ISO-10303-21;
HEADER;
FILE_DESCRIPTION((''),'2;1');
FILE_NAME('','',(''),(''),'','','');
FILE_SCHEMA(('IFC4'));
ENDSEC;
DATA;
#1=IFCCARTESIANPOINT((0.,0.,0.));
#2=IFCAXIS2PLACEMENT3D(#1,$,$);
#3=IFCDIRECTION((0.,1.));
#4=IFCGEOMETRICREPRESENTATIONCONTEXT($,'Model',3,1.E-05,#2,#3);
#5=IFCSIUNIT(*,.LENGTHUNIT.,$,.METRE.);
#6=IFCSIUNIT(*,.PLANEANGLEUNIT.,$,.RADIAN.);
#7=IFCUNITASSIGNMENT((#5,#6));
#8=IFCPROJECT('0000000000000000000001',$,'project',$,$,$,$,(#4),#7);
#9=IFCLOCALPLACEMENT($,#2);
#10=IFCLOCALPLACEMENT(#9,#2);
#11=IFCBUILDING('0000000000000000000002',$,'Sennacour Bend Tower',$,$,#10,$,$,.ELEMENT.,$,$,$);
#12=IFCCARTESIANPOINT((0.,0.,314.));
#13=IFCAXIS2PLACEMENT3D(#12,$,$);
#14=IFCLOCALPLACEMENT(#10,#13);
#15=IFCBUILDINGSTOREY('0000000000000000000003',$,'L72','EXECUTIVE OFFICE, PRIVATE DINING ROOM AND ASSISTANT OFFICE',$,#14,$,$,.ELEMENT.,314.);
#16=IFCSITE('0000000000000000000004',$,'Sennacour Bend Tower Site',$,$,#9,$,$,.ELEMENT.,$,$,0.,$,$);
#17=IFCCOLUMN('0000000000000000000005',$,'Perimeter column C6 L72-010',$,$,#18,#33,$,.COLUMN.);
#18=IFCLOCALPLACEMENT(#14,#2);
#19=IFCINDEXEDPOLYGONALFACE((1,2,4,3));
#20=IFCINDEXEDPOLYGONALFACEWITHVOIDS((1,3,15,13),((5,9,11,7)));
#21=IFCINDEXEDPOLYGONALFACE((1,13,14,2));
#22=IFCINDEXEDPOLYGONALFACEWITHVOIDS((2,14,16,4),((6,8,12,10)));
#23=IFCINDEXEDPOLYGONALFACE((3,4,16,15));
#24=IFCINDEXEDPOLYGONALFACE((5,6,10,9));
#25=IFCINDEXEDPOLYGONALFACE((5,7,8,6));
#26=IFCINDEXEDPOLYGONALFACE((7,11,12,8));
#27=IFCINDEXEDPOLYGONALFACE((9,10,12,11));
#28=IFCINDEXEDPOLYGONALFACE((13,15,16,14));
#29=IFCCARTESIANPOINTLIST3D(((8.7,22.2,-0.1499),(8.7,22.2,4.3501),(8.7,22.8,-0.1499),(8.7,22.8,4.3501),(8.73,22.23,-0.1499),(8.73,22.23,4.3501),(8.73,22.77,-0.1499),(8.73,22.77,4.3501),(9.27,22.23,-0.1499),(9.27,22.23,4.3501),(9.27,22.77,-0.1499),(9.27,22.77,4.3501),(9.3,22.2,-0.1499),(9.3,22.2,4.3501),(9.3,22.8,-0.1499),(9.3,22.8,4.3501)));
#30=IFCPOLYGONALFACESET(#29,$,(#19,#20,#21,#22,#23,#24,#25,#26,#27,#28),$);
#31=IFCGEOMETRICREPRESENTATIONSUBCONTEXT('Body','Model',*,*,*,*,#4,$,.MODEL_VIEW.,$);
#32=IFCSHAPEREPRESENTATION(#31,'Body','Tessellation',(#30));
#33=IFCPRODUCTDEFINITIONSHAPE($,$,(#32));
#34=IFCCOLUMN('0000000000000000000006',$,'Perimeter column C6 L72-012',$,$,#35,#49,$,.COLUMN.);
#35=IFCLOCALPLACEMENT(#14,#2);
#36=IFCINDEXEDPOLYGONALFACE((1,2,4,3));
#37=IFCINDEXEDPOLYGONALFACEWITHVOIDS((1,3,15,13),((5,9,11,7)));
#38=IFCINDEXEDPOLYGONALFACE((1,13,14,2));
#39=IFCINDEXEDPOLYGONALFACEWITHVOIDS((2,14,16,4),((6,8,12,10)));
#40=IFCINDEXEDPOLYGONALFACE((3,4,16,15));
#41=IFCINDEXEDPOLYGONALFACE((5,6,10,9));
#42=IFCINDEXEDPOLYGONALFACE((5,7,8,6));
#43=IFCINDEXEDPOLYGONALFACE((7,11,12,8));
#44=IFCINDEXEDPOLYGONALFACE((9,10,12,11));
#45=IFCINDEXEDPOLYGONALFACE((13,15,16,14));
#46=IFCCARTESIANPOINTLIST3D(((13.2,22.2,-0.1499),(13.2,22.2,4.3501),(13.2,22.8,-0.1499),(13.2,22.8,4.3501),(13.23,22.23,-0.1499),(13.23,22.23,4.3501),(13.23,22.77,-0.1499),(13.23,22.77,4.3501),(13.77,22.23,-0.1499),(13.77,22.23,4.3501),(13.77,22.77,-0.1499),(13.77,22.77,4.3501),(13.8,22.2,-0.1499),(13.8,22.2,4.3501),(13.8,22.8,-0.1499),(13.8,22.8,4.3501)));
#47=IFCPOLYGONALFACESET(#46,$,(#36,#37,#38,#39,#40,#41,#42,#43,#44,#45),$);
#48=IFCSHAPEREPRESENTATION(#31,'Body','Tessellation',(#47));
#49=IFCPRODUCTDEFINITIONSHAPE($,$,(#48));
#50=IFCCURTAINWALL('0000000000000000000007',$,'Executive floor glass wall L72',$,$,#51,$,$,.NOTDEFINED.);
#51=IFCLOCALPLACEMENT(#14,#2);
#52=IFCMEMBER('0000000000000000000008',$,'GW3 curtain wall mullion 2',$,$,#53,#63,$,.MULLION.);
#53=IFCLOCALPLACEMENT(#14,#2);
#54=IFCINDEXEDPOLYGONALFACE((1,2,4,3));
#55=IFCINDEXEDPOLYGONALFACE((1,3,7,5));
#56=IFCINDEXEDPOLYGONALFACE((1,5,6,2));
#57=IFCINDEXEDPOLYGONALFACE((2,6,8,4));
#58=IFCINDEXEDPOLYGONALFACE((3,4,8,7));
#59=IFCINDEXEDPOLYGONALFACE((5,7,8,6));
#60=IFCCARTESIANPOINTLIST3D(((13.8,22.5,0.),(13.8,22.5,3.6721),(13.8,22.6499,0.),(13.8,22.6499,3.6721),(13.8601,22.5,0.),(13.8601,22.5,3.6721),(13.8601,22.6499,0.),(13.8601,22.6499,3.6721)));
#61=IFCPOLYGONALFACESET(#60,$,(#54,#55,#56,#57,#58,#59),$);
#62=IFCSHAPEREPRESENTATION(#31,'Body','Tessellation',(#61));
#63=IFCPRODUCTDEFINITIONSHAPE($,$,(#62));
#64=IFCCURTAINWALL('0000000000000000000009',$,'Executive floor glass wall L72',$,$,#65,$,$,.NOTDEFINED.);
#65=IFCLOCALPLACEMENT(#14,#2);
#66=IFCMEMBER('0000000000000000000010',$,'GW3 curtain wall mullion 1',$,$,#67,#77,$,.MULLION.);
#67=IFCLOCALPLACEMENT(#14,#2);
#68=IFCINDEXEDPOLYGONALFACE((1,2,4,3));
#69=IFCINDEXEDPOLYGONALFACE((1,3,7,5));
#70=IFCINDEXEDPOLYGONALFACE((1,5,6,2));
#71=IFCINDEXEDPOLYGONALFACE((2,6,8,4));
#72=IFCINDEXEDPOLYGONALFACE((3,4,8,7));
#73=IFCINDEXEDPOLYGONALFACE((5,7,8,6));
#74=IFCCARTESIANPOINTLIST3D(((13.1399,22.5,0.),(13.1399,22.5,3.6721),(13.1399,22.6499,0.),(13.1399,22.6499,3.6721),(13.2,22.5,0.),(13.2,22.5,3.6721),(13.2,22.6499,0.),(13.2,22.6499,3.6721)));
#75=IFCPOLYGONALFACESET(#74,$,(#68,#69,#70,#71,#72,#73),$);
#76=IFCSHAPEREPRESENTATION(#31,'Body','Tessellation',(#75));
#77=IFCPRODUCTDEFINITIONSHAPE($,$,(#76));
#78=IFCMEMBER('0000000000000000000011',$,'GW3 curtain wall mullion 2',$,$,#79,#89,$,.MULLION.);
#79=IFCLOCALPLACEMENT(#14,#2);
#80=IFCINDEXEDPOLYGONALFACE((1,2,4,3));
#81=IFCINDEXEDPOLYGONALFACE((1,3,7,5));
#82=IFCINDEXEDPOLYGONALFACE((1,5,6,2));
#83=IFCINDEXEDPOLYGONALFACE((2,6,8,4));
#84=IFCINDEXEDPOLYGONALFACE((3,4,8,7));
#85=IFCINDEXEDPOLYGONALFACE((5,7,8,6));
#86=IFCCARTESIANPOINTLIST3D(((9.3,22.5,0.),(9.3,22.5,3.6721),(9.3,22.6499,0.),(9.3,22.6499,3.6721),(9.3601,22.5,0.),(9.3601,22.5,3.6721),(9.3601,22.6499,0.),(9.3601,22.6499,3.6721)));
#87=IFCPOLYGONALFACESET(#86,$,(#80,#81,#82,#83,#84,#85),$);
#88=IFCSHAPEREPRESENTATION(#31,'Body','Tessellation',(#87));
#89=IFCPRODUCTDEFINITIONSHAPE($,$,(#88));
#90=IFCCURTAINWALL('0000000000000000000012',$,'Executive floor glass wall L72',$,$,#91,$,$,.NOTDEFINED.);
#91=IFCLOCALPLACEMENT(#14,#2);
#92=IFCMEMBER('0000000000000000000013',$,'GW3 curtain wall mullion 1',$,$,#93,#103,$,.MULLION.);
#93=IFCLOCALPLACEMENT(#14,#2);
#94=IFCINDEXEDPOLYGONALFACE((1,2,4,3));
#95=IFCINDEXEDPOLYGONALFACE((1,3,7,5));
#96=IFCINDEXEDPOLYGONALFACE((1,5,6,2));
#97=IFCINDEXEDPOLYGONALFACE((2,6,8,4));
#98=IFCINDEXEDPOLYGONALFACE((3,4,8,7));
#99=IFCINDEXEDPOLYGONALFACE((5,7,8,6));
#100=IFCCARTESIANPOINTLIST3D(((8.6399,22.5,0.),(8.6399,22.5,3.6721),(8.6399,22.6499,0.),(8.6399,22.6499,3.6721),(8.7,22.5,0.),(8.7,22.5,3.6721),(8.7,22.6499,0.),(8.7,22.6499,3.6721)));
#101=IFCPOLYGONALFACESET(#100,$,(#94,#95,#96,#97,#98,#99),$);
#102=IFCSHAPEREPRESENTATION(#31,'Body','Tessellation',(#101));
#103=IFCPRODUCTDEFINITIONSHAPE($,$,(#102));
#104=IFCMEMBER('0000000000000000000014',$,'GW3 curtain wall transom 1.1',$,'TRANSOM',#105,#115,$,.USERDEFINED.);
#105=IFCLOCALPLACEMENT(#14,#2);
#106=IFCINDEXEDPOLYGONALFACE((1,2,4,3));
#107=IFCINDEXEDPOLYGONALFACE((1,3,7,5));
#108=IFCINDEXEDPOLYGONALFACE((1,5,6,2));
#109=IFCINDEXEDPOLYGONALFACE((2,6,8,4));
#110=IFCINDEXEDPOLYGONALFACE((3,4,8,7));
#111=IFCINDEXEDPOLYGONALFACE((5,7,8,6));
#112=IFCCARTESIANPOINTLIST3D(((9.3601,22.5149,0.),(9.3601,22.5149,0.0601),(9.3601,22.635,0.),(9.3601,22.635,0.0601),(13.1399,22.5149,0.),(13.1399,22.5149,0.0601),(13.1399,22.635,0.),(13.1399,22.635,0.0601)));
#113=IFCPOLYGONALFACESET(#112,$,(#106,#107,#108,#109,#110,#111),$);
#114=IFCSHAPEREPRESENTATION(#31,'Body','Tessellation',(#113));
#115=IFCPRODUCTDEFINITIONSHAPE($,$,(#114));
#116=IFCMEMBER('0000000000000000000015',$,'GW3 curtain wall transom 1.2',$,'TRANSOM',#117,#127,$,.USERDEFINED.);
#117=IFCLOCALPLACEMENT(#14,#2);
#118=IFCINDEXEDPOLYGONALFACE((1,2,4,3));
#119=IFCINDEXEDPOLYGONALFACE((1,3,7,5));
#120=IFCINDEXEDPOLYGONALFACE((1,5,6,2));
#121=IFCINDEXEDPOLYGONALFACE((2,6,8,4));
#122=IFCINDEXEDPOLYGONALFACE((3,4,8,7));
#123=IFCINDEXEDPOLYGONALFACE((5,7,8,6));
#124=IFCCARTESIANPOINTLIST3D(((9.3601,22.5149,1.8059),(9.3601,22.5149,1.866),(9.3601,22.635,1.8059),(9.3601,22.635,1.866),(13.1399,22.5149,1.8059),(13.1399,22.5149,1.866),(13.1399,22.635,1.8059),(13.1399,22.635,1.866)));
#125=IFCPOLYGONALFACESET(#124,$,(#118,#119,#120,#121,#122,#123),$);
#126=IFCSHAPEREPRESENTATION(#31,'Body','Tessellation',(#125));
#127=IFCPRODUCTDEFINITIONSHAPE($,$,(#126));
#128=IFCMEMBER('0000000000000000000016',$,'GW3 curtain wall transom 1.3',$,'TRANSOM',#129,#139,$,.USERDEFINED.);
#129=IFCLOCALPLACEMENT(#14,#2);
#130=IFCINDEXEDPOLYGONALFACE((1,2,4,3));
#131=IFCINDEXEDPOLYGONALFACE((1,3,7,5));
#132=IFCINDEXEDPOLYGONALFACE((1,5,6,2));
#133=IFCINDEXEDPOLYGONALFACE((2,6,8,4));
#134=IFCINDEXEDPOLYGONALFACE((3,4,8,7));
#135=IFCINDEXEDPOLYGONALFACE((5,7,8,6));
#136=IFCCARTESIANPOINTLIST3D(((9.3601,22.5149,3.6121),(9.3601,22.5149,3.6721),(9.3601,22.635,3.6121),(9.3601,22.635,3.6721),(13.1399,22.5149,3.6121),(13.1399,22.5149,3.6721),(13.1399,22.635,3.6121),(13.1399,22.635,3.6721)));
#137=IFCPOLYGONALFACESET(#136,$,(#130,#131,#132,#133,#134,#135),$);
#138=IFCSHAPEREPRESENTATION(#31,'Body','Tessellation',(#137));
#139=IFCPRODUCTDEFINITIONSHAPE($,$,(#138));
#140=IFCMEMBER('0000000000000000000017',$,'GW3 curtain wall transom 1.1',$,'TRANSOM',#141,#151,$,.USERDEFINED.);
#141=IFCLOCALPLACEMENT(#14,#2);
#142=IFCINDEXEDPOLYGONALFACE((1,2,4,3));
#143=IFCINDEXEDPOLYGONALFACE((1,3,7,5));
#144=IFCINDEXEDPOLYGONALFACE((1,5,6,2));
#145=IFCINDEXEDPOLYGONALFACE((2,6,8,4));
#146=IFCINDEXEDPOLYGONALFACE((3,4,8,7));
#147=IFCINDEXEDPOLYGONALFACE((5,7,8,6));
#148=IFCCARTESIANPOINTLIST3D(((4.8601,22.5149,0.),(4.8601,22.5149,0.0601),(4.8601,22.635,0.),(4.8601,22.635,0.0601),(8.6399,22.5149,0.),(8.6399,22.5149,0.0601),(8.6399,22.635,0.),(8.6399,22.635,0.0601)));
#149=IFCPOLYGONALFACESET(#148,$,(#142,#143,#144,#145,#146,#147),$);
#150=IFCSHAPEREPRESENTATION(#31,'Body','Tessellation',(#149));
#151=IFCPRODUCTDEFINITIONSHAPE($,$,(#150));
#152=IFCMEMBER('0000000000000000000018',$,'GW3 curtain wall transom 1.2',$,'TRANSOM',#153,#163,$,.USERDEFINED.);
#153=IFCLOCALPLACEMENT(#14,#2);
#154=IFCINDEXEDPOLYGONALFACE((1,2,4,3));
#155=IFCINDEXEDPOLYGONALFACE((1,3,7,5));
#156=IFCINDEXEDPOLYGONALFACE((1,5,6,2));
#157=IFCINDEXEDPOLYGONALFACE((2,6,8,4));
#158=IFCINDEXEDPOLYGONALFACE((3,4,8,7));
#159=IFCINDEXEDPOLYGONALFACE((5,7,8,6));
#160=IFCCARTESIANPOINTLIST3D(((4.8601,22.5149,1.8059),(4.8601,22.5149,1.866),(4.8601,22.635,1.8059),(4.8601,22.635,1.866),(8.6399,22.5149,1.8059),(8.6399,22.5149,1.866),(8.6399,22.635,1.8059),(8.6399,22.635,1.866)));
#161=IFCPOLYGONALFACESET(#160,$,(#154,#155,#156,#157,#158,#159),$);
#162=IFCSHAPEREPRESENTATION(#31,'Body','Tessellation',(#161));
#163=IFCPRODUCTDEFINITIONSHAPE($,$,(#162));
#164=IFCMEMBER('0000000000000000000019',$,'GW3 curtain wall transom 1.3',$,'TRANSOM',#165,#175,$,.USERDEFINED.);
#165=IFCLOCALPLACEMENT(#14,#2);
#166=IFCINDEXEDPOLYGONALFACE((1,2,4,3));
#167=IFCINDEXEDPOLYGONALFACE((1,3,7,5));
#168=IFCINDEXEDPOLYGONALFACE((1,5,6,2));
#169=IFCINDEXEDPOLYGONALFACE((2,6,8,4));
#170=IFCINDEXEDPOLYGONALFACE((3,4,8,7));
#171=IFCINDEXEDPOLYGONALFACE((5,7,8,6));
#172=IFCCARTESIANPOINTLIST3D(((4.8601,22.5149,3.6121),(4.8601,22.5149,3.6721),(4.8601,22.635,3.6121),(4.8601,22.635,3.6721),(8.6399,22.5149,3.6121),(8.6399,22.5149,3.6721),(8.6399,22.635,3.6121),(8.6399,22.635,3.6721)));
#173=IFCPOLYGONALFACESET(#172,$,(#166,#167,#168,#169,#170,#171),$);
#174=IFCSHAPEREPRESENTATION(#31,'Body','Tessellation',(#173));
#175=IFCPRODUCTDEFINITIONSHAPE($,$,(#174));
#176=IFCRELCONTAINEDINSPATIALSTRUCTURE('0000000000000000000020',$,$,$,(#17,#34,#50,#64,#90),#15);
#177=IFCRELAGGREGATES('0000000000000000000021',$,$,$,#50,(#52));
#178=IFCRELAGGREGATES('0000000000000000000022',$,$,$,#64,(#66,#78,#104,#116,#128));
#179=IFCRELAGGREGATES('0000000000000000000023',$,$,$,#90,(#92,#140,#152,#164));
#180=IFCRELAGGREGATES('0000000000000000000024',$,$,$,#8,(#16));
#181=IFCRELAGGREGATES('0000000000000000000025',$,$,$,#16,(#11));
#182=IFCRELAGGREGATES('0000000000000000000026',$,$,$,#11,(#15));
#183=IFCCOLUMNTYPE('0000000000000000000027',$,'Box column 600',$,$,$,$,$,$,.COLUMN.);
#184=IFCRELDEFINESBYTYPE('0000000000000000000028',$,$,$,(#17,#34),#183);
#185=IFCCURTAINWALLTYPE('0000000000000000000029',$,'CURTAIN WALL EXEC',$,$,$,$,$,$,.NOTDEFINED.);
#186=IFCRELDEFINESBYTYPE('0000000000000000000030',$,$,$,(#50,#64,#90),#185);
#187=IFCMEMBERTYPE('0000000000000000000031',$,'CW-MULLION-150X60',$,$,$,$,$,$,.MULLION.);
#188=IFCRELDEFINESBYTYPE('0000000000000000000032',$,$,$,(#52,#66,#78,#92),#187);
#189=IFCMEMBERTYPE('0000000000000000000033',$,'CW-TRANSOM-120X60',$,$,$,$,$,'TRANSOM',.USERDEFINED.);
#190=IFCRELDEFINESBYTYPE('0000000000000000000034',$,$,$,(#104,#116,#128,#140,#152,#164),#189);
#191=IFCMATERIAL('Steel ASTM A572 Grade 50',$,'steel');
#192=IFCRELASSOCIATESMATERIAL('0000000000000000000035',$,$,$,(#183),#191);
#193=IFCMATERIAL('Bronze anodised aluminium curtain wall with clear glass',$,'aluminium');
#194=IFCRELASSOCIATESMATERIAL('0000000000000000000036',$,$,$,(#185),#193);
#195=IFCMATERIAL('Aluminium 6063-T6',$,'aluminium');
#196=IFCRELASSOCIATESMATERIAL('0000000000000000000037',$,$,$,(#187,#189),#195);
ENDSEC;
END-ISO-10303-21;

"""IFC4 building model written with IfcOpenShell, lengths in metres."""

from ifc_helpers import new_model, si_unit, direction, frame, origin, origin_2d, place, context, subcontext, project, spatial, rectangle, hollow_rectangle, extrude, material, material_profile, profile_set, type_object, element, aggregate, save


model = new_model("IFC4")

# Units and contexts
model_context = context("Model", 3, precision=1e-05, world=origin(), true_north=direction((0.0, 1.0)))
body_context = subcontext(model_context, "Body", "Model", "MODEL_VIEW")
ifc_project = project(units=[si_unit("LENGTHUNIT", "METRE"), si_unit("PLANEANGLEUNIT", "RADIAN")], contexts=[model_context])

# Site, building, storey
site_placement = place(None, origin())
site = spatial("IfcSite", under=ifc_project, at=site_placement, Name="Sennacour Bend Tower Site", CompositionType="ELEMENT", RefElevation=0.0)
building_placement = place(site_placement, origin())
building = spatial("IfcBuilding", under=site, at=building_placement, Name="Sennacour Bend Tower", CompositionType="ELEMENT")
storey_placement = place(building_placement, frame((0.0, 0.0, 314.0)))
storey = spatial("IfcBuildingStorey", under=building, at=storey_placement, Name="L72", Description="EXECUTIVE OFFICE, PRIVATE DINING ROOM AND ASSISTANT OFFICE", CompositionType="ELEMENT", Elevation=314.0)

# Columns
ifc_material_1 = material(Name="Steel ASTM A572 Grade 50", Category="steel")
ifc_material_profile_1 = material_profile(ifc_material_1, hollow_rectangle(XDim=0.6001, YDim=0.6001, WallThickness=0.03, at=origin_2d()), Name="Steel ASTM A572 Grade 50", Category="steel")
ifc_profile_set_1 = profile_set([ifc_material_profile_1], Name="Steel ASTM A572 Grade 50")
column_type = type_object("IfcColumnType", Name="Box column 600", PredefinedType="COLUMN", material=ifc_profile_set_1)
for number, where, z_axis, x_axis, name in (
    (1, (9.0, 22.5, -0.1499), (0.0, 0.0, 1.0), (1.0, 0.0, 0.0), "Perimeter column C6 L72-010"),
    (2, (13.5, 22.5, -0.1499), (0.0, 0.0, 1.0), (1.0, 0.0, 0.0), "Perimeter column C6 L72-012"),
):
    element("IfcColumn", number, at=place(storey_placement, frame(where, z_axis=z_axis, x_axis=x_axis)), inside=storey, type_object=column_type, Name=name, PredefinedType="COLUMN", context=body_context, shape_type="SweptSolid", body=[
        extrude(hollow_rectangle(XDim=0.6001, YDim=0.6001, WallThickness=0.03, at=origin_2d()), origin(), (0.0, 0.0, 1.0), 4.5),
    ])

# Curtain wall, member
ifc_material_2 = material(Name="Bronze anodised aluminium curtain wall with clear glass", Category="aluminium")
curtain_wall_type = type_object("IfcCurtainWallType", Name="CURTAIN WALL EXEC", PredefinedType="NOTDEFINED", material=ifc_material_2)
curtain_wall_1_placement = place(storey_placement, origin())
curtain_wall_1 = element("IfcCurtainWall", 3, at=curtain_wall_1_placement, inside=storey, type_object=curtain_wall_type, Name="Executive floor glass wall L72", PredefinedType="NOTDEFINED")
ifc_material_3 = material(Name="Aluminium 6063-T6", Category="aluminium")
ifc_material_profile_2 = material_profile(ifc_material_3, rectangle(XDim=0.1499, YDim=0.0601, at=origin_2d()), Name="Aluminium 6063-T6", Category="aluminium")
ifc_profile_set_2 = profile_set([ifc_material_profile_2], Name="Aluminium 6063-T6")
member_type_1 = type_object("IfcMemberType", Name="CW-MULLION-150X60", PredefinedType="MULLION", material=ifc_profile_set_2)
member_1_placement = place(storey_placement, frame((13.8301, 22.575, 0.0), z_axis=(0.0, 0.0, 1.0), x_axis=(0.0, -1.0, 0.0)))
member_1 = element("IfcMember", 4, at=member_1_placement, type_object=member_type_1, Name="GW3 curtain wall mullion 2", PredefinedType="MULLION", context=body_context, shape_type="SweptSolid", body=[
    extrude(rectangle(XDim=0.1499, YDim=0.0601, at=origin_2d()), origin(), (0.0, 0.0, 1.0), 3.6721),
])

# Curtain wall, members
curtain_wall_2_placement = place(storey_placement, origin())
curtain_wall_2 = element("IfcCurtainWall", 5, at=curtain_wall_2_placement, inside=storey, type_object=curtain_wall_type, Name="Executive floor glass wall L72", PredefinedType="NOTDEFINED")
member_2_placement = place(storey_placement, frame((13.1699, 22.575, 0.0), z_axis=(0.0, 0.0, 1.0), x_axis=(0.0, -1.0, 0.0)))
member_2 = element("IfcMember", 6, at=member_2_placement, type_object=member_type_1, Name="GW3 curtain wall mullion 1", PredefinedType="MULLION", context=body_context, shape_type="SweptSolid", body=[
    extrude(rectangle(XDim=0.1499, YDim=0.0601, at=origin_2d()), origin(), (0.0, 0.0, 1.0), 3.6721),
])
member_3_placement = place(storey_placement, frame((9.3301, 22.575, 0.0), z_axis=(0.0, 0.0, 1.0), x_axis=(0.0, -1.0, 0.0)))
member_3 = element("IfcMember", 7, at=member_3_placement, type_object=member_type_1, Name="GW3 curtain wall mullion 2", PredefinedType="MULLION", context=body_context, shape_type="SweptSolid", body=[
    extrude(rectangle(XDim=0.1499, YDim=0.0601, at=origin_2d()), origin(), (0.0, 0.0, 1.0), 3.6721),
])

# Curtain wall, member
curtain_wall_3_placement = place(storey_placement, origin())
curtain_wall_3 = element("IfcCurtainWall", 8, at=curtain_wall_3_placement, inside=storey, type_object=curtain_wall_type, Name="Executive floor glass wall L72", PredefinedType="NOTDEFINED")
member_4_placement = place(storey_placement, frame((8.6699, 22.575, 0.0), z_axis=(0.0, 0.0, 1.0), x_axis=(0.0, -1.0, 0.0)))
member_4 = element("IfcMember", 9, at=member_4_placement, type_object=member_type_1, Name="GW3 curtain wall mullion 1", PredefinedType="MULLION", context=body_context, shape_type="SweptSolid", body=[
    extrude(rectangle(XDim=0.1499, YDim=0.0601, at=origin_2d()), origin(), (0.0, 0.0, 1.0), 3.6721),
])

# Members
ifc_material_profile_3 = material_profile(ifc_material_3, rectangle(XDim=0.1201, YDim=0.0601, at=origin_2d()), Name="Aluminium 6063-T6", Category="aluminium")
ifc_profile_set_3 = profile_set([ifc_material_profile_3], Name="Aluminium 6063-T6")
member_type_2 = type_object("IfcMemberType", Name="CW-TRANSOM-120X60", ElementType="TRANSOM", PredefinedType="USERDEFINED", material=ifc_profile_set_3)
member_5_placement = place(storey_placement, frame((13.1399, 22.575, 0.03), z_axis=(-1.0, 0.0, 0.0), x_axis=(0.0, -1.0, 0.0)))
member_5 = element("IfcMember", 10, at=member_5_placement, type_object=member_type_2, Name="GW3 curtain wall transom 1.1", ObjectType="TRANSOM", PredefinedType="USERDEFINED", context=body_context, shape_type="SweptSolid", body=[
    extrude(rectangle(XDim=0.1201, YDim=0.0601, at=origin_2d()), origin(), (0.0, 0.0, 1.0), 3.7798),
])
member_6_placement = place(storey_placement, frame((13.1399, 22.575, 1.8359), z_axis=(-1.0, 0.0, 0.0), x_axis=(0.0, -1.0, 0.0)))
member_6 = element("IfcMember", 11, at=member_6_placement, type_object=member_type_2, Name="GW3 curtain wall transom 1.2", ObjectType="TRANSOM", PredefinedType="USERDEFINED", context=body_context, shape_type="SweptSolid", body=[
    extrude(rectangle(XDim=0.1201, YDim=0.0601, at=origin_2d()), origin(), (0.0, 0.0, 1.0), 3.7798),
])
member_7_placement = place(storey_placement, frame((13.1399, 22.575, 3.6421), z_axis=(-1.0, 0.0, 0.0), x_axis=(0.0, -1.0, 0.0)))
member_7 = element("IfcMember", 12, at=member_7_placement, type_object=member_type_2, Name="GW3 curtain wall transom 1.3", ObjectType="TRANSOM", PredefinedType="USERDEFINED", context=body_context, shape_type="SweptSolid", body=[
    extrude(rectangle(XDim=0.1201, YDim=0.0601, at=origin_2d()), origin(), (0.0, 0.0, 1.0), 3.7798),
])
member_8_placement = place(storey_placement, frame((8.6399, 22.575, 0.03), z_axis=(-1.0, 0.0, 0.0), x_axis=(0.0, -1.0, 0.0)))
member_8 = element("IfcMember", 13, at=member_8_placement, type_object=member_type_2, Name="GW3 curtain wall transom 1.1", ObjectType="TRANSOM", PredefinedType="USERDEFINED", context=body_context, shape_type="SweptSolid", body=[
    extrude(rectangle(XDim=0.1201, YDim=0.0601, at=origin_2d()), origin(), (0.0, 0.0, 1.0), 3.7798),
])
member_9_placement = place(storey_placement, frame((8.6399, 22.575, 1.8359), z_axis=(-1.0, 0.0, 0.0), x_axis=(0.0, -1.0, 0.0)))
member_9 = element("IfcMember", 14, at=member_9_placement, type_object=member_type_2, Name="GW3 curtain wall transom 1.2", ObjectType="TRANSOM", PredefinedType="USERDEFINED", context=body_context, shape_type="SweptSolid", body=[
    extrude(rectangle(XDim=0.1201, YDim=0.0601, at=origin_2d()), origin(), (0.0, 0.0, 1.0), 3.7798),
])
member_10_placement = place(storey_placement, frame((8.6399, 22.575, 3.6421), z_axis=(-1.0, 0.0, 0.0), x_axis=(0.0, -1.0, 0.0)))
member_10 = element("IfcMember", 15, at=member_10_placement, type_object=member_type_2, Name="GW3 curtain wall transom 1.3", ObjectType="TRANSOM", PredefinedType="USERDEFINED", context=body_context, shape_type="SweptSolid", body=[
    extrude(rectangle(XDim=0.1201, YDim=0.0601, at=origin_2d()), origin(), (0.0, 0.0, 1.0), 3.7798),
])

aggregate(curtain_wall_1, [member_1])
aggregate(curtain_wall_2, [member_2, member_3, member_5, member_6, member_7])
aggregate(curtain_wall_3, [member_4, member_8, member_9, member_10])

save(model, "model.ifc")
